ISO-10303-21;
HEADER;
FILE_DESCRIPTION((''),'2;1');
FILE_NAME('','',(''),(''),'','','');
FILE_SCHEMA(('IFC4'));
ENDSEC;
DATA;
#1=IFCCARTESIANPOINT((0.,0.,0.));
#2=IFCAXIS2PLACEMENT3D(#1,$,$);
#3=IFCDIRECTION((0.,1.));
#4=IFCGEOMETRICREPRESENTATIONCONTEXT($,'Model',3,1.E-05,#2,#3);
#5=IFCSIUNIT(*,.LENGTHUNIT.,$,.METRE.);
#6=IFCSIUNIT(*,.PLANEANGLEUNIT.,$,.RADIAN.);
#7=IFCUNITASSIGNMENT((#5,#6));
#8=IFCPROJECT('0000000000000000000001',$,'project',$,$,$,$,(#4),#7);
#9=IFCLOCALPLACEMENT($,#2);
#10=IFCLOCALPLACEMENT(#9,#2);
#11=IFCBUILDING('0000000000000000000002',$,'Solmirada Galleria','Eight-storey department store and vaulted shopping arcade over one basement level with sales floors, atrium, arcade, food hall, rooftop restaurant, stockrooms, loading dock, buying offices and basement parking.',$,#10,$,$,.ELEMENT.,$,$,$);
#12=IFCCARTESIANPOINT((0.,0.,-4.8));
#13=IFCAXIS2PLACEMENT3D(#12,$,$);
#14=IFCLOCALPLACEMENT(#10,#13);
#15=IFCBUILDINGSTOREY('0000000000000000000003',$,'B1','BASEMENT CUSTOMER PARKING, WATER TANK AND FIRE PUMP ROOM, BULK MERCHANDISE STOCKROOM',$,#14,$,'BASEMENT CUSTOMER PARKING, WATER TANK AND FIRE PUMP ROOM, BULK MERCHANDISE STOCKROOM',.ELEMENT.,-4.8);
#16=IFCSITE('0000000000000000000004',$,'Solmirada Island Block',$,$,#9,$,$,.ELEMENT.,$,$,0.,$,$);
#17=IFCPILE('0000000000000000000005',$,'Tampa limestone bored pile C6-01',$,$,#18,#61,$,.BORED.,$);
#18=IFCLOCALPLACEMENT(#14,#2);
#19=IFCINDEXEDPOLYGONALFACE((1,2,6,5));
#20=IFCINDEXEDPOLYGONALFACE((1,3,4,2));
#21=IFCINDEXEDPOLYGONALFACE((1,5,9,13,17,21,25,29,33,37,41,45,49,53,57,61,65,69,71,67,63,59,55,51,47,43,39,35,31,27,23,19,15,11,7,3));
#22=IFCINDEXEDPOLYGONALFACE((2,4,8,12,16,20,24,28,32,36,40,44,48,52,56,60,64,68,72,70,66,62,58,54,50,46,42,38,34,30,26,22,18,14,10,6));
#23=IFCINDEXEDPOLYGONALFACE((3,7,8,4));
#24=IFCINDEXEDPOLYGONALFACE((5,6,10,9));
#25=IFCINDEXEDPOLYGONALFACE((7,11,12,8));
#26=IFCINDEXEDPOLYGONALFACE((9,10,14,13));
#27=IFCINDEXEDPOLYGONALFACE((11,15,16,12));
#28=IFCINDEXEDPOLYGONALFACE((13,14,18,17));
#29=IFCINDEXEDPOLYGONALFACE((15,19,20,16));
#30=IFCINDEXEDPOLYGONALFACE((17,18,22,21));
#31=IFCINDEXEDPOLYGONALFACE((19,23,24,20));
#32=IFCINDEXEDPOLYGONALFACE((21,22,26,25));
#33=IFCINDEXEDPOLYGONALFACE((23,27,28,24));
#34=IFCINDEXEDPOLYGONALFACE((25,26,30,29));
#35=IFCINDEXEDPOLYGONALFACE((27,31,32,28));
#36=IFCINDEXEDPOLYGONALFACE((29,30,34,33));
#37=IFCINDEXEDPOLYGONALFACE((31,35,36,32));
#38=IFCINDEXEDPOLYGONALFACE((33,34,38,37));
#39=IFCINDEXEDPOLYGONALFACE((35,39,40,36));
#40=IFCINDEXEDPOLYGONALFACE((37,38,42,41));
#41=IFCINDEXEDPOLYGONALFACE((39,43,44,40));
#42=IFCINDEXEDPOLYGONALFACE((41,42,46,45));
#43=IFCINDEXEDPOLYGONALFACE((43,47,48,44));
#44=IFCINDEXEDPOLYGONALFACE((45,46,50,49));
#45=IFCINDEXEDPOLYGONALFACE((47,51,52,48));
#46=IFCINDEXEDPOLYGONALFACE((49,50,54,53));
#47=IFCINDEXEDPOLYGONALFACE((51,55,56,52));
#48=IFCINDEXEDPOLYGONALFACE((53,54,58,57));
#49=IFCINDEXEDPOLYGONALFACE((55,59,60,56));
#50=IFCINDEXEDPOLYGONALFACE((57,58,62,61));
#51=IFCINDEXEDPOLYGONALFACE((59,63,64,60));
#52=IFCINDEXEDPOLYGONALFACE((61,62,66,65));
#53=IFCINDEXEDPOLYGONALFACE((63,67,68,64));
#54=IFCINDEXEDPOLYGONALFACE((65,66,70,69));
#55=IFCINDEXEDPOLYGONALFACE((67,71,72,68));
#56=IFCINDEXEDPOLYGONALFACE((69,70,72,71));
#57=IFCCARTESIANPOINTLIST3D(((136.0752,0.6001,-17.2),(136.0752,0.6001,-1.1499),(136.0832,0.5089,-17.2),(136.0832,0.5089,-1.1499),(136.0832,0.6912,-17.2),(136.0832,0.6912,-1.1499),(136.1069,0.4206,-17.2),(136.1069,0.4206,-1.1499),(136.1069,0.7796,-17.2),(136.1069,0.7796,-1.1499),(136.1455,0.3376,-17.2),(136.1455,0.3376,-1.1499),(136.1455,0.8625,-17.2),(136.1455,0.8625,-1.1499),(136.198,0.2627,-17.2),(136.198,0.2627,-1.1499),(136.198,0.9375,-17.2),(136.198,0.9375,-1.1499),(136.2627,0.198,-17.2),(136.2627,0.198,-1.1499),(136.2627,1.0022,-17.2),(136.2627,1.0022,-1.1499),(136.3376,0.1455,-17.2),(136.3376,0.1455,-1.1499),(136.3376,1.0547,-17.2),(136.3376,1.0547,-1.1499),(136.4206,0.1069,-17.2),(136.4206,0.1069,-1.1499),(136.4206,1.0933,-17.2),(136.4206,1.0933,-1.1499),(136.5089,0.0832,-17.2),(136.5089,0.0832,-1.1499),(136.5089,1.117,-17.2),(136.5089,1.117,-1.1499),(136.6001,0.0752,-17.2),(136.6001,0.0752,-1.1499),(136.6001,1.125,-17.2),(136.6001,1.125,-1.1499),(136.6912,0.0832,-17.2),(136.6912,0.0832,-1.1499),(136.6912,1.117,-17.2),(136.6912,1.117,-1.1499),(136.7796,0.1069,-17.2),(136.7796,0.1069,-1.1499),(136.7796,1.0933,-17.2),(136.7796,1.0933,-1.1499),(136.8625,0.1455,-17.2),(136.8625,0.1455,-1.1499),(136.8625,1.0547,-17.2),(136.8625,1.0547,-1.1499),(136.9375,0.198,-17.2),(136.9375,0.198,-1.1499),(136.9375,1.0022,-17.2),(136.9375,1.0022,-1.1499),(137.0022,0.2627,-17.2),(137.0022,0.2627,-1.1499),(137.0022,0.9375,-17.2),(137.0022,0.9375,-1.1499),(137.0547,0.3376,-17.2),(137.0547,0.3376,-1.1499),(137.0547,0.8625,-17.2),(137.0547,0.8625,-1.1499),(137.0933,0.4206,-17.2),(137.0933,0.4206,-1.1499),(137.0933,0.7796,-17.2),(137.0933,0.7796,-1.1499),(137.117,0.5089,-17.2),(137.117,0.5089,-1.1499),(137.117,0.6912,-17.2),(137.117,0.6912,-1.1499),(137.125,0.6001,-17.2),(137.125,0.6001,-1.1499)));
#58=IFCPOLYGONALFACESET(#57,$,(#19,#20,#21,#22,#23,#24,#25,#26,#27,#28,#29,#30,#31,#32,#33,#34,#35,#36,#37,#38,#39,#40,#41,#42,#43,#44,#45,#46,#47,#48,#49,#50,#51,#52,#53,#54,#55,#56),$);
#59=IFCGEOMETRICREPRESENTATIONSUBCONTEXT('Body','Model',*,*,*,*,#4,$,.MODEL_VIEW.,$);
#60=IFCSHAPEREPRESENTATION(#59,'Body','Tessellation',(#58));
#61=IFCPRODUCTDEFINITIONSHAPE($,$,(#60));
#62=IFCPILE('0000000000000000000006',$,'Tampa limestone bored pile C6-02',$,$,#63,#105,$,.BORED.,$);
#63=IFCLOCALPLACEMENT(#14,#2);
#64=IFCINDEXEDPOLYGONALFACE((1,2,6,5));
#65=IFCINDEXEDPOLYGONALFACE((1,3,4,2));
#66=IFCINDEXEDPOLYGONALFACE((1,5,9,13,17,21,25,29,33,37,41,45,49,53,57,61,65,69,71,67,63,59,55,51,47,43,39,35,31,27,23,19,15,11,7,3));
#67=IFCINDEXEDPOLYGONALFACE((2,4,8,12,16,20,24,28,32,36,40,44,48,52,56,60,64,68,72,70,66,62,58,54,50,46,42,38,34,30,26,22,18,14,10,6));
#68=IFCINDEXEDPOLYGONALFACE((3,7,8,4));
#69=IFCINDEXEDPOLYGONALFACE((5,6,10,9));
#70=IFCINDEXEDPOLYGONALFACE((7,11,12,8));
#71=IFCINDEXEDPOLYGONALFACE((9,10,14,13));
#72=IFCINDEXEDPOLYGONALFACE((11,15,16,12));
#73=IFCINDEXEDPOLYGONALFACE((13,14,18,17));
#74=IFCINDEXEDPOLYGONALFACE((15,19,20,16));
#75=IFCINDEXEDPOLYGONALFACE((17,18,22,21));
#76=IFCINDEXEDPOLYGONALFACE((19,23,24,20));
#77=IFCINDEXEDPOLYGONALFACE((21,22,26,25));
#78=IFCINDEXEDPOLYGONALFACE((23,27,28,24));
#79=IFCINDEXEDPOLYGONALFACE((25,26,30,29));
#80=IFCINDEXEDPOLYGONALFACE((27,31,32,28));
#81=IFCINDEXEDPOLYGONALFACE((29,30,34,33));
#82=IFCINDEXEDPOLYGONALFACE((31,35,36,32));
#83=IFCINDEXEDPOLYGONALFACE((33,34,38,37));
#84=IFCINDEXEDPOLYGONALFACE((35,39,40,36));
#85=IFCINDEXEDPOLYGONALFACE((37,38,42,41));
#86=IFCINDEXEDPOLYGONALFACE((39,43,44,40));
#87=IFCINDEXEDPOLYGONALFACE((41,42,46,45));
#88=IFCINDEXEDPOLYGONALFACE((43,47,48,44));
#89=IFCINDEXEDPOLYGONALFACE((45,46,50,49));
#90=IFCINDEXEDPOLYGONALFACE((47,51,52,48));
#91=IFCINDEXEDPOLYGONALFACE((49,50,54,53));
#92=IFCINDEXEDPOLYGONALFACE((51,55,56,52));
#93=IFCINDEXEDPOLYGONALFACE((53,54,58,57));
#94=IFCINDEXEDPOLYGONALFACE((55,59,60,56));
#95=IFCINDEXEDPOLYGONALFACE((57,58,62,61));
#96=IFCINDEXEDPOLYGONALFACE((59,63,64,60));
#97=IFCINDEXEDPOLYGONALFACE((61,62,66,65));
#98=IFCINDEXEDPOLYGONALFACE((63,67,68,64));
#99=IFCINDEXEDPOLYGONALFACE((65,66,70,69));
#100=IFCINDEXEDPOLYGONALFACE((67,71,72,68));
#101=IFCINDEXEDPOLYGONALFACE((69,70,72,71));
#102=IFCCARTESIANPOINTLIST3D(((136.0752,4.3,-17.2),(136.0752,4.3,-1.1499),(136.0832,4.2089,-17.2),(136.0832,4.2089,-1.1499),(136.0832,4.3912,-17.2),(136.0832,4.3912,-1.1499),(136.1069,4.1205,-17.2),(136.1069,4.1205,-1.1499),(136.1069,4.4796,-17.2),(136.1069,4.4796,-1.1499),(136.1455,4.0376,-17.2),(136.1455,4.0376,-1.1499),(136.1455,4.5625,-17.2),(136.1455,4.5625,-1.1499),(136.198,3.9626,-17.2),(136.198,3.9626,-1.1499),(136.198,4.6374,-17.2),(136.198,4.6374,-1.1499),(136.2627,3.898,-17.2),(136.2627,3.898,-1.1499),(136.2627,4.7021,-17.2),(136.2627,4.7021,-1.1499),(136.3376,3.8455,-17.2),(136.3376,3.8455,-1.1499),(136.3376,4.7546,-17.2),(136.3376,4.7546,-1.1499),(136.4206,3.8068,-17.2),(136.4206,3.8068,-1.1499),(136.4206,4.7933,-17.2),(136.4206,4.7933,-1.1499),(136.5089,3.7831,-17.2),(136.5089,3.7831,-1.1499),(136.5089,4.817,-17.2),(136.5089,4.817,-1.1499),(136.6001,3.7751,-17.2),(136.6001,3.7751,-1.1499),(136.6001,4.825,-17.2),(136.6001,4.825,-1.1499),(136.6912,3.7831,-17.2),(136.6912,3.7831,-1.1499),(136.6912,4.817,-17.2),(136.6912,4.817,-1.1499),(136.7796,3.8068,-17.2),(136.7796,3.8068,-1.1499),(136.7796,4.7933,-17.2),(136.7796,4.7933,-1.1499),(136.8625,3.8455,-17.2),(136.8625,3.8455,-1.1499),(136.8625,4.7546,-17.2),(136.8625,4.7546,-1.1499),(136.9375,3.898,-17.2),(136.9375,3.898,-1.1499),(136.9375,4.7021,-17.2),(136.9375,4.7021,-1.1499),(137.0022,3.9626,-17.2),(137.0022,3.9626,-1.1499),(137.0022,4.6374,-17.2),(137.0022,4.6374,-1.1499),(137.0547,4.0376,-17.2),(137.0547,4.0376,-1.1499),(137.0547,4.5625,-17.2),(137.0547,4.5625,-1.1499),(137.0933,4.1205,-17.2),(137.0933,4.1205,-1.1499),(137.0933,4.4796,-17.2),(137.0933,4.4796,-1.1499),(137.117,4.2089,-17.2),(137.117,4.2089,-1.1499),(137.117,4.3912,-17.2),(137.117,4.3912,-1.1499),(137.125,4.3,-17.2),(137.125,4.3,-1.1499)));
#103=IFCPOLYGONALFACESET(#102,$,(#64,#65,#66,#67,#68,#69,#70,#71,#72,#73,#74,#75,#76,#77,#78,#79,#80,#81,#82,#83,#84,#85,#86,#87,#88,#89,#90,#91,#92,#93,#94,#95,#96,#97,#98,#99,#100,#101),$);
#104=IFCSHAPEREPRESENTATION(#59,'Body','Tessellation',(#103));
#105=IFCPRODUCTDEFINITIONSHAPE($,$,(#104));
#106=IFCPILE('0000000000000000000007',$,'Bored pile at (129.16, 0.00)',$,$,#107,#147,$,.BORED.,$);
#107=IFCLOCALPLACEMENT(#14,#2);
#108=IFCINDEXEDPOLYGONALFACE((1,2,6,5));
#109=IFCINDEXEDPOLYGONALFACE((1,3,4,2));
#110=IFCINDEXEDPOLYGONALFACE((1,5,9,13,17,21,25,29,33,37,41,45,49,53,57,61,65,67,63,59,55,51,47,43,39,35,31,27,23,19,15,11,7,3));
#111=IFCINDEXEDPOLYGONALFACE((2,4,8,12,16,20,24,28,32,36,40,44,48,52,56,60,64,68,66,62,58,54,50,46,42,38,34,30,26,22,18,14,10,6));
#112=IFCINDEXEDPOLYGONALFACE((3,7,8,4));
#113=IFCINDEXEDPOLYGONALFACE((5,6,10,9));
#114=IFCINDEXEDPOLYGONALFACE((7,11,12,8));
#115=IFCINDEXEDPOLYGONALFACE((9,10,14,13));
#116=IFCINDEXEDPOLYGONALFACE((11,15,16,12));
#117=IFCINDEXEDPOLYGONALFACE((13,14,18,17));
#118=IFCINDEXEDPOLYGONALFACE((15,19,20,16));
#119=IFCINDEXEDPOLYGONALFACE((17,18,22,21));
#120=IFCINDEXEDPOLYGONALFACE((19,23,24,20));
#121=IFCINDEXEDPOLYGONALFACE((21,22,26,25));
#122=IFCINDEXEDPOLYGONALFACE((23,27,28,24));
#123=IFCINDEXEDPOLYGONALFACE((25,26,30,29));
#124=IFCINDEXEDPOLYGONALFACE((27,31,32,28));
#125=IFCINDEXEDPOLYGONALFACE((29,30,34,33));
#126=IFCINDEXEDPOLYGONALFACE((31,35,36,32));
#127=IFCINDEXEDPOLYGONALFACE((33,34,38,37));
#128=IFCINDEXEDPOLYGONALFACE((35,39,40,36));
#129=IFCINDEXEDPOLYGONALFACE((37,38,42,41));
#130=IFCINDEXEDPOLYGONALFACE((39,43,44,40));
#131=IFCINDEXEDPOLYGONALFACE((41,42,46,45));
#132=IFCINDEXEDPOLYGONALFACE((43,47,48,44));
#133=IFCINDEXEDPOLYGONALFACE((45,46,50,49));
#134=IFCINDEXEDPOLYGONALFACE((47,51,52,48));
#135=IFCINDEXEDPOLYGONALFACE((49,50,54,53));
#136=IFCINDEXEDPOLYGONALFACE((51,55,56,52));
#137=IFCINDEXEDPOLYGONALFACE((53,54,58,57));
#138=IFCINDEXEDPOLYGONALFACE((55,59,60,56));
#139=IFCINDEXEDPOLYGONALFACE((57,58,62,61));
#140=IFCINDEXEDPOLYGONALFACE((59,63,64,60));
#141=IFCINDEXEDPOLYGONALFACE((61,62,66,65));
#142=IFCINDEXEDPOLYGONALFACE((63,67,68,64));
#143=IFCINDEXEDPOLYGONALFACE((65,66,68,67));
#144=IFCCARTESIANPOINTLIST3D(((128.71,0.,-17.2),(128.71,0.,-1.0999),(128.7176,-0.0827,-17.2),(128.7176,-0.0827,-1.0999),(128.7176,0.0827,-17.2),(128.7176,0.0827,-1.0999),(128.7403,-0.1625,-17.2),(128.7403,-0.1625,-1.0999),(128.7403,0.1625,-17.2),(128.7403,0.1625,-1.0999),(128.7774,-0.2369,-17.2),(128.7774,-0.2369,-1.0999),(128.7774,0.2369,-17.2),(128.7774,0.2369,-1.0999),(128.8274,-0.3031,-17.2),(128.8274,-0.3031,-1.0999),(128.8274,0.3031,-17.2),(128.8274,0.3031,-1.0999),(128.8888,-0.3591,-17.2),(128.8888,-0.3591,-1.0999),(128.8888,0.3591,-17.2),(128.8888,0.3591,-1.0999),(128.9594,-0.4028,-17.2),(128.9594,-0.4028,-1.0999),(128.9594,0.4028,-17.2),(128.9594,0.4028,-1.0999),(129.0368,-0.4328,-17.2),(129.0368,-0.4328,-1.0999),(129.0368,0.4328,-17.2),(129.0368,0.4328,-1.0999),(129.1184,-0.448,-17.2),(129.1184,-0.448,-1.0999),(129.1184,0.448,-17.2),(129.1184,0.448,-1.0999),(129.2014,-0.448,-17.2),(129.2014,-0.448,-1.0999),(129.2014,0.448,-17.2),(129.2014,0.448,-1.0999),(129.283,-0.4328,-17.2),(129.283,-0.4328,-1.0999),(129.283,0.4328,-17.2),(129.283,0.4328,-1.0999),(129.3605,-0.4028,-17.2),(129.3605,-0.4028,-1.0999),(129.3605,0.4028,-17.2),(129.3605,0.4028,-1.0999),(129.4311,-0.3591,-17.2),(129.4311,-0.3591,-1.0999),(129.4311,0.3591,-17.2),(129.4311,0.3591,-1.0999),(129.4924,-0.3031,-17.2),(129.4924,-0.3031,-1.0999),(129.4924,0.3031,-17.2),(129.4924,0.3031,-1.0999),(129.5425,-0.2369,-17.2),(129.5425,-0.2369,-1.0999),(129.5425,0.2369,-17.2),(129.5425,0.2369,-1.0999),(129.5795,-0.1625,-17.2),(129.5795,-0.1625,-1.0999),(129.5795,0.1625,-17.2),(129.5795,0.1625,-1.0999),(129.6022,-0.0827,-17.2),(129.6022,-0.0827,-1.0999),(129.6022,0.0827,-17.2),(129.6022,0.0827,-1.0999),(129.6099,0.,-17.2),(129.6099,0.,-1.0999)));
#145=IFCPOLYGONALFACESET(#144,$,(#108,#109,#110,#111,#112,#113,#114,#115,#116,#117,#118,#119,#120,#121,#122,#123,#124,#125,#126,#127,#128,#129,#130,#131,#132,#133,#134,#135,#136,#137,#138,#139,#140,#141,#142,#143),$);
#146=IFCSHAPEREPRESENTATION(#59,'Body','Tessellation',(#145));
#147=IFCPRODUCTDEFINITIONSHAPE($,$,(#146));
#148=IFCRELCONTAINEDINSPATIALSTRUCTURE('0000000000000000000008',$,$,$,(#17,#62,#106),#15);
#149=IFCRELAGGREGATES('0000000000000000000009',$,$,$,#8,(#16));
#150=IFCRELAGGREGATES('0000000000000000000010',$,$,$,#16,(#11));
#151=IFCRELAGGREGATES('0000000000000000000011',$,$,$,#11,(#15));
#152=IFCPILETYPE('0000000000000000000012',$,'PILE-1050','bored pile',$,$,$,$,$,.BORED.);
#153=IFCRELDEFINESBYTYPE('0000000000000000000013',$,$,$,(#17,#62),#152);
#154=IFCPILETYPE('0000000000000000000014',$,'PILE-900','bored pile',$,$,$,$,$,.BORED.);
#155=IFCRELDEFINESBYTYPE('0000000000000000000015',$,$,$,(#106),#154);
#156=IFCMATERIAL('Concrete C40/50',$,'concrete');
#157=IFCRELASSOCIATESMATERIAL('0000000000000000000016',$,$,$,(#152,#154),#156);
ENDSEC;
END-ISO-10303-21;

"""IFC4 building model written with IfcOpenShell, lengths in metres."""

from ifc_helpers import new_model, si_unit, direction, frame, origin, origin_2d, place, context, subcontext, project, spatial, circle, extrude, material, material_profile, profile_set, type_object, element, save


model = new_model("IFC4")

# Units and contexts
model_context = context("Model", 3, precision=1e-05, world=origin(), true_north=direction((0.0, 1.0)))
body_context = subcontext(model_context, "Body", "Model", "MODEL_VIEW")
ifc_project = project(units=[si_unit("LENGTHUNIT", "METRE"), si_unit("PLANEANGLEUNIT", "RADIAN")], contexts=[model_context])

# Site, building, storey
site_placement = place(None, origin())
site = spatial("IfcSite", under=ifc_project, at=site_placement, Name="Solmirada Island Block", CompositionType="ELEMENT", RefElevation=0.0)
building_placement = place(site_placement, origin())
building = spatial("IfcBuilding", under=site, at=building_placement, Name="Solmirada Galleria", Description="Eight-storey department store and vaulted shopping arcade over one basement level with sales floors, atrium, arcade, food hall, rooftop restaurant, stockrooms, loading dock, buying offices and basement parking.", CompositionType="ELEMENT")
storey_placement = place(building_placement, frame((0.0, 0.0, -4.8)))
storey = spatial("IfcBuildingStorey", under=building, at=storey_placement, Name="B1", Description="BASEMENT CUSTOMER PARKING, WATER TANK AND FIRE PUMP ROOM, BULK MERCHANDISE STOCKROOM", LongName="BASEMENT CUSTOMER PARKING, WATER TANK AND FIRE PUMP ROOM, BULK MERCHANDISE STOCKROOM", CompositionType="ELEMENT", Elevation=-4.8)

# Piles
ifc_material_1 = material(Name="Concrete C40/50", Category="concrete")
ifc_material_profile_1 = material_profile(ifc_material_1, circle(Radius=0.5249, at=origin_2d()), Name="PILE1050")
ifc_profile_set_1 = profile_set([ifc_material_profile_1], Name="Concrete C40/50")
pile_type_1 = type_object("IfcPileType", Name="PILE-1050", Description="bored pile", PredefinedType="BORED", material=ifc_profile_set_1)
for number, where, z_axis, x_axis, name in (
    (1, (136.6001, 0.6001, -1.1499), (0.0, 0.0, -1.0), (1.0, 0.0, 0.0), "Tampa limestone bored pile C6-01"),
    (2, (136.6001, 4.3, -1.1499), (0.0, 0.0, -1.0), (1.0, 0.0, 0.0), "Tampa limestone bored pile C6-02"),
):
    element("IfcPile", number, at=place(storey_placement, frame(where, z_axis=z_axis, x_axis=x_axis)), inside=storey, type_object=pile_type_1, Name=name, PredefinedType="BORED", context=body_context, shape_type="SweptSolid", body=[
        extrude(circle(Radius=0.5249, at=origin_2d()), origin(), (0.0, 0.0, 1.0), 16.05),
    ])
ifc_material_profile_2 = material_profile(ifc_material_1, circle(Radius=0.45, at=origin_2d()), Name="PILE900")
ifc_profile_set_2 = profile_set([ifc_material_profile_2], Name="Concrete C40/50")
pile_type_2 = type_object("IfcPileType", Name="PILE-900", Description="bored pile", PredefinedType="BORED", material=ifc_profile_set_2)
pile_placement = place(storey_placement, frame((129.1599, 0.0, -1.0999), z_axis=(0.0, 0.0, -1.0), x_axis=(1.0, 0.0, 0.0)))
element("IfcPile", 3, at=pile_placement, inside=storey, type_object=pile_type_2, Name="Bored pile at (129.16, 0.00)", PredefinedType="BORED", context=body_context, shape_type="SweptSolid", body=[
    extrude(circle(Radius=0.45, at=origin_2d()), origin(), (0.0, 0.0, 1.0), 16.1001),
])

save(model, "model.ifc")
